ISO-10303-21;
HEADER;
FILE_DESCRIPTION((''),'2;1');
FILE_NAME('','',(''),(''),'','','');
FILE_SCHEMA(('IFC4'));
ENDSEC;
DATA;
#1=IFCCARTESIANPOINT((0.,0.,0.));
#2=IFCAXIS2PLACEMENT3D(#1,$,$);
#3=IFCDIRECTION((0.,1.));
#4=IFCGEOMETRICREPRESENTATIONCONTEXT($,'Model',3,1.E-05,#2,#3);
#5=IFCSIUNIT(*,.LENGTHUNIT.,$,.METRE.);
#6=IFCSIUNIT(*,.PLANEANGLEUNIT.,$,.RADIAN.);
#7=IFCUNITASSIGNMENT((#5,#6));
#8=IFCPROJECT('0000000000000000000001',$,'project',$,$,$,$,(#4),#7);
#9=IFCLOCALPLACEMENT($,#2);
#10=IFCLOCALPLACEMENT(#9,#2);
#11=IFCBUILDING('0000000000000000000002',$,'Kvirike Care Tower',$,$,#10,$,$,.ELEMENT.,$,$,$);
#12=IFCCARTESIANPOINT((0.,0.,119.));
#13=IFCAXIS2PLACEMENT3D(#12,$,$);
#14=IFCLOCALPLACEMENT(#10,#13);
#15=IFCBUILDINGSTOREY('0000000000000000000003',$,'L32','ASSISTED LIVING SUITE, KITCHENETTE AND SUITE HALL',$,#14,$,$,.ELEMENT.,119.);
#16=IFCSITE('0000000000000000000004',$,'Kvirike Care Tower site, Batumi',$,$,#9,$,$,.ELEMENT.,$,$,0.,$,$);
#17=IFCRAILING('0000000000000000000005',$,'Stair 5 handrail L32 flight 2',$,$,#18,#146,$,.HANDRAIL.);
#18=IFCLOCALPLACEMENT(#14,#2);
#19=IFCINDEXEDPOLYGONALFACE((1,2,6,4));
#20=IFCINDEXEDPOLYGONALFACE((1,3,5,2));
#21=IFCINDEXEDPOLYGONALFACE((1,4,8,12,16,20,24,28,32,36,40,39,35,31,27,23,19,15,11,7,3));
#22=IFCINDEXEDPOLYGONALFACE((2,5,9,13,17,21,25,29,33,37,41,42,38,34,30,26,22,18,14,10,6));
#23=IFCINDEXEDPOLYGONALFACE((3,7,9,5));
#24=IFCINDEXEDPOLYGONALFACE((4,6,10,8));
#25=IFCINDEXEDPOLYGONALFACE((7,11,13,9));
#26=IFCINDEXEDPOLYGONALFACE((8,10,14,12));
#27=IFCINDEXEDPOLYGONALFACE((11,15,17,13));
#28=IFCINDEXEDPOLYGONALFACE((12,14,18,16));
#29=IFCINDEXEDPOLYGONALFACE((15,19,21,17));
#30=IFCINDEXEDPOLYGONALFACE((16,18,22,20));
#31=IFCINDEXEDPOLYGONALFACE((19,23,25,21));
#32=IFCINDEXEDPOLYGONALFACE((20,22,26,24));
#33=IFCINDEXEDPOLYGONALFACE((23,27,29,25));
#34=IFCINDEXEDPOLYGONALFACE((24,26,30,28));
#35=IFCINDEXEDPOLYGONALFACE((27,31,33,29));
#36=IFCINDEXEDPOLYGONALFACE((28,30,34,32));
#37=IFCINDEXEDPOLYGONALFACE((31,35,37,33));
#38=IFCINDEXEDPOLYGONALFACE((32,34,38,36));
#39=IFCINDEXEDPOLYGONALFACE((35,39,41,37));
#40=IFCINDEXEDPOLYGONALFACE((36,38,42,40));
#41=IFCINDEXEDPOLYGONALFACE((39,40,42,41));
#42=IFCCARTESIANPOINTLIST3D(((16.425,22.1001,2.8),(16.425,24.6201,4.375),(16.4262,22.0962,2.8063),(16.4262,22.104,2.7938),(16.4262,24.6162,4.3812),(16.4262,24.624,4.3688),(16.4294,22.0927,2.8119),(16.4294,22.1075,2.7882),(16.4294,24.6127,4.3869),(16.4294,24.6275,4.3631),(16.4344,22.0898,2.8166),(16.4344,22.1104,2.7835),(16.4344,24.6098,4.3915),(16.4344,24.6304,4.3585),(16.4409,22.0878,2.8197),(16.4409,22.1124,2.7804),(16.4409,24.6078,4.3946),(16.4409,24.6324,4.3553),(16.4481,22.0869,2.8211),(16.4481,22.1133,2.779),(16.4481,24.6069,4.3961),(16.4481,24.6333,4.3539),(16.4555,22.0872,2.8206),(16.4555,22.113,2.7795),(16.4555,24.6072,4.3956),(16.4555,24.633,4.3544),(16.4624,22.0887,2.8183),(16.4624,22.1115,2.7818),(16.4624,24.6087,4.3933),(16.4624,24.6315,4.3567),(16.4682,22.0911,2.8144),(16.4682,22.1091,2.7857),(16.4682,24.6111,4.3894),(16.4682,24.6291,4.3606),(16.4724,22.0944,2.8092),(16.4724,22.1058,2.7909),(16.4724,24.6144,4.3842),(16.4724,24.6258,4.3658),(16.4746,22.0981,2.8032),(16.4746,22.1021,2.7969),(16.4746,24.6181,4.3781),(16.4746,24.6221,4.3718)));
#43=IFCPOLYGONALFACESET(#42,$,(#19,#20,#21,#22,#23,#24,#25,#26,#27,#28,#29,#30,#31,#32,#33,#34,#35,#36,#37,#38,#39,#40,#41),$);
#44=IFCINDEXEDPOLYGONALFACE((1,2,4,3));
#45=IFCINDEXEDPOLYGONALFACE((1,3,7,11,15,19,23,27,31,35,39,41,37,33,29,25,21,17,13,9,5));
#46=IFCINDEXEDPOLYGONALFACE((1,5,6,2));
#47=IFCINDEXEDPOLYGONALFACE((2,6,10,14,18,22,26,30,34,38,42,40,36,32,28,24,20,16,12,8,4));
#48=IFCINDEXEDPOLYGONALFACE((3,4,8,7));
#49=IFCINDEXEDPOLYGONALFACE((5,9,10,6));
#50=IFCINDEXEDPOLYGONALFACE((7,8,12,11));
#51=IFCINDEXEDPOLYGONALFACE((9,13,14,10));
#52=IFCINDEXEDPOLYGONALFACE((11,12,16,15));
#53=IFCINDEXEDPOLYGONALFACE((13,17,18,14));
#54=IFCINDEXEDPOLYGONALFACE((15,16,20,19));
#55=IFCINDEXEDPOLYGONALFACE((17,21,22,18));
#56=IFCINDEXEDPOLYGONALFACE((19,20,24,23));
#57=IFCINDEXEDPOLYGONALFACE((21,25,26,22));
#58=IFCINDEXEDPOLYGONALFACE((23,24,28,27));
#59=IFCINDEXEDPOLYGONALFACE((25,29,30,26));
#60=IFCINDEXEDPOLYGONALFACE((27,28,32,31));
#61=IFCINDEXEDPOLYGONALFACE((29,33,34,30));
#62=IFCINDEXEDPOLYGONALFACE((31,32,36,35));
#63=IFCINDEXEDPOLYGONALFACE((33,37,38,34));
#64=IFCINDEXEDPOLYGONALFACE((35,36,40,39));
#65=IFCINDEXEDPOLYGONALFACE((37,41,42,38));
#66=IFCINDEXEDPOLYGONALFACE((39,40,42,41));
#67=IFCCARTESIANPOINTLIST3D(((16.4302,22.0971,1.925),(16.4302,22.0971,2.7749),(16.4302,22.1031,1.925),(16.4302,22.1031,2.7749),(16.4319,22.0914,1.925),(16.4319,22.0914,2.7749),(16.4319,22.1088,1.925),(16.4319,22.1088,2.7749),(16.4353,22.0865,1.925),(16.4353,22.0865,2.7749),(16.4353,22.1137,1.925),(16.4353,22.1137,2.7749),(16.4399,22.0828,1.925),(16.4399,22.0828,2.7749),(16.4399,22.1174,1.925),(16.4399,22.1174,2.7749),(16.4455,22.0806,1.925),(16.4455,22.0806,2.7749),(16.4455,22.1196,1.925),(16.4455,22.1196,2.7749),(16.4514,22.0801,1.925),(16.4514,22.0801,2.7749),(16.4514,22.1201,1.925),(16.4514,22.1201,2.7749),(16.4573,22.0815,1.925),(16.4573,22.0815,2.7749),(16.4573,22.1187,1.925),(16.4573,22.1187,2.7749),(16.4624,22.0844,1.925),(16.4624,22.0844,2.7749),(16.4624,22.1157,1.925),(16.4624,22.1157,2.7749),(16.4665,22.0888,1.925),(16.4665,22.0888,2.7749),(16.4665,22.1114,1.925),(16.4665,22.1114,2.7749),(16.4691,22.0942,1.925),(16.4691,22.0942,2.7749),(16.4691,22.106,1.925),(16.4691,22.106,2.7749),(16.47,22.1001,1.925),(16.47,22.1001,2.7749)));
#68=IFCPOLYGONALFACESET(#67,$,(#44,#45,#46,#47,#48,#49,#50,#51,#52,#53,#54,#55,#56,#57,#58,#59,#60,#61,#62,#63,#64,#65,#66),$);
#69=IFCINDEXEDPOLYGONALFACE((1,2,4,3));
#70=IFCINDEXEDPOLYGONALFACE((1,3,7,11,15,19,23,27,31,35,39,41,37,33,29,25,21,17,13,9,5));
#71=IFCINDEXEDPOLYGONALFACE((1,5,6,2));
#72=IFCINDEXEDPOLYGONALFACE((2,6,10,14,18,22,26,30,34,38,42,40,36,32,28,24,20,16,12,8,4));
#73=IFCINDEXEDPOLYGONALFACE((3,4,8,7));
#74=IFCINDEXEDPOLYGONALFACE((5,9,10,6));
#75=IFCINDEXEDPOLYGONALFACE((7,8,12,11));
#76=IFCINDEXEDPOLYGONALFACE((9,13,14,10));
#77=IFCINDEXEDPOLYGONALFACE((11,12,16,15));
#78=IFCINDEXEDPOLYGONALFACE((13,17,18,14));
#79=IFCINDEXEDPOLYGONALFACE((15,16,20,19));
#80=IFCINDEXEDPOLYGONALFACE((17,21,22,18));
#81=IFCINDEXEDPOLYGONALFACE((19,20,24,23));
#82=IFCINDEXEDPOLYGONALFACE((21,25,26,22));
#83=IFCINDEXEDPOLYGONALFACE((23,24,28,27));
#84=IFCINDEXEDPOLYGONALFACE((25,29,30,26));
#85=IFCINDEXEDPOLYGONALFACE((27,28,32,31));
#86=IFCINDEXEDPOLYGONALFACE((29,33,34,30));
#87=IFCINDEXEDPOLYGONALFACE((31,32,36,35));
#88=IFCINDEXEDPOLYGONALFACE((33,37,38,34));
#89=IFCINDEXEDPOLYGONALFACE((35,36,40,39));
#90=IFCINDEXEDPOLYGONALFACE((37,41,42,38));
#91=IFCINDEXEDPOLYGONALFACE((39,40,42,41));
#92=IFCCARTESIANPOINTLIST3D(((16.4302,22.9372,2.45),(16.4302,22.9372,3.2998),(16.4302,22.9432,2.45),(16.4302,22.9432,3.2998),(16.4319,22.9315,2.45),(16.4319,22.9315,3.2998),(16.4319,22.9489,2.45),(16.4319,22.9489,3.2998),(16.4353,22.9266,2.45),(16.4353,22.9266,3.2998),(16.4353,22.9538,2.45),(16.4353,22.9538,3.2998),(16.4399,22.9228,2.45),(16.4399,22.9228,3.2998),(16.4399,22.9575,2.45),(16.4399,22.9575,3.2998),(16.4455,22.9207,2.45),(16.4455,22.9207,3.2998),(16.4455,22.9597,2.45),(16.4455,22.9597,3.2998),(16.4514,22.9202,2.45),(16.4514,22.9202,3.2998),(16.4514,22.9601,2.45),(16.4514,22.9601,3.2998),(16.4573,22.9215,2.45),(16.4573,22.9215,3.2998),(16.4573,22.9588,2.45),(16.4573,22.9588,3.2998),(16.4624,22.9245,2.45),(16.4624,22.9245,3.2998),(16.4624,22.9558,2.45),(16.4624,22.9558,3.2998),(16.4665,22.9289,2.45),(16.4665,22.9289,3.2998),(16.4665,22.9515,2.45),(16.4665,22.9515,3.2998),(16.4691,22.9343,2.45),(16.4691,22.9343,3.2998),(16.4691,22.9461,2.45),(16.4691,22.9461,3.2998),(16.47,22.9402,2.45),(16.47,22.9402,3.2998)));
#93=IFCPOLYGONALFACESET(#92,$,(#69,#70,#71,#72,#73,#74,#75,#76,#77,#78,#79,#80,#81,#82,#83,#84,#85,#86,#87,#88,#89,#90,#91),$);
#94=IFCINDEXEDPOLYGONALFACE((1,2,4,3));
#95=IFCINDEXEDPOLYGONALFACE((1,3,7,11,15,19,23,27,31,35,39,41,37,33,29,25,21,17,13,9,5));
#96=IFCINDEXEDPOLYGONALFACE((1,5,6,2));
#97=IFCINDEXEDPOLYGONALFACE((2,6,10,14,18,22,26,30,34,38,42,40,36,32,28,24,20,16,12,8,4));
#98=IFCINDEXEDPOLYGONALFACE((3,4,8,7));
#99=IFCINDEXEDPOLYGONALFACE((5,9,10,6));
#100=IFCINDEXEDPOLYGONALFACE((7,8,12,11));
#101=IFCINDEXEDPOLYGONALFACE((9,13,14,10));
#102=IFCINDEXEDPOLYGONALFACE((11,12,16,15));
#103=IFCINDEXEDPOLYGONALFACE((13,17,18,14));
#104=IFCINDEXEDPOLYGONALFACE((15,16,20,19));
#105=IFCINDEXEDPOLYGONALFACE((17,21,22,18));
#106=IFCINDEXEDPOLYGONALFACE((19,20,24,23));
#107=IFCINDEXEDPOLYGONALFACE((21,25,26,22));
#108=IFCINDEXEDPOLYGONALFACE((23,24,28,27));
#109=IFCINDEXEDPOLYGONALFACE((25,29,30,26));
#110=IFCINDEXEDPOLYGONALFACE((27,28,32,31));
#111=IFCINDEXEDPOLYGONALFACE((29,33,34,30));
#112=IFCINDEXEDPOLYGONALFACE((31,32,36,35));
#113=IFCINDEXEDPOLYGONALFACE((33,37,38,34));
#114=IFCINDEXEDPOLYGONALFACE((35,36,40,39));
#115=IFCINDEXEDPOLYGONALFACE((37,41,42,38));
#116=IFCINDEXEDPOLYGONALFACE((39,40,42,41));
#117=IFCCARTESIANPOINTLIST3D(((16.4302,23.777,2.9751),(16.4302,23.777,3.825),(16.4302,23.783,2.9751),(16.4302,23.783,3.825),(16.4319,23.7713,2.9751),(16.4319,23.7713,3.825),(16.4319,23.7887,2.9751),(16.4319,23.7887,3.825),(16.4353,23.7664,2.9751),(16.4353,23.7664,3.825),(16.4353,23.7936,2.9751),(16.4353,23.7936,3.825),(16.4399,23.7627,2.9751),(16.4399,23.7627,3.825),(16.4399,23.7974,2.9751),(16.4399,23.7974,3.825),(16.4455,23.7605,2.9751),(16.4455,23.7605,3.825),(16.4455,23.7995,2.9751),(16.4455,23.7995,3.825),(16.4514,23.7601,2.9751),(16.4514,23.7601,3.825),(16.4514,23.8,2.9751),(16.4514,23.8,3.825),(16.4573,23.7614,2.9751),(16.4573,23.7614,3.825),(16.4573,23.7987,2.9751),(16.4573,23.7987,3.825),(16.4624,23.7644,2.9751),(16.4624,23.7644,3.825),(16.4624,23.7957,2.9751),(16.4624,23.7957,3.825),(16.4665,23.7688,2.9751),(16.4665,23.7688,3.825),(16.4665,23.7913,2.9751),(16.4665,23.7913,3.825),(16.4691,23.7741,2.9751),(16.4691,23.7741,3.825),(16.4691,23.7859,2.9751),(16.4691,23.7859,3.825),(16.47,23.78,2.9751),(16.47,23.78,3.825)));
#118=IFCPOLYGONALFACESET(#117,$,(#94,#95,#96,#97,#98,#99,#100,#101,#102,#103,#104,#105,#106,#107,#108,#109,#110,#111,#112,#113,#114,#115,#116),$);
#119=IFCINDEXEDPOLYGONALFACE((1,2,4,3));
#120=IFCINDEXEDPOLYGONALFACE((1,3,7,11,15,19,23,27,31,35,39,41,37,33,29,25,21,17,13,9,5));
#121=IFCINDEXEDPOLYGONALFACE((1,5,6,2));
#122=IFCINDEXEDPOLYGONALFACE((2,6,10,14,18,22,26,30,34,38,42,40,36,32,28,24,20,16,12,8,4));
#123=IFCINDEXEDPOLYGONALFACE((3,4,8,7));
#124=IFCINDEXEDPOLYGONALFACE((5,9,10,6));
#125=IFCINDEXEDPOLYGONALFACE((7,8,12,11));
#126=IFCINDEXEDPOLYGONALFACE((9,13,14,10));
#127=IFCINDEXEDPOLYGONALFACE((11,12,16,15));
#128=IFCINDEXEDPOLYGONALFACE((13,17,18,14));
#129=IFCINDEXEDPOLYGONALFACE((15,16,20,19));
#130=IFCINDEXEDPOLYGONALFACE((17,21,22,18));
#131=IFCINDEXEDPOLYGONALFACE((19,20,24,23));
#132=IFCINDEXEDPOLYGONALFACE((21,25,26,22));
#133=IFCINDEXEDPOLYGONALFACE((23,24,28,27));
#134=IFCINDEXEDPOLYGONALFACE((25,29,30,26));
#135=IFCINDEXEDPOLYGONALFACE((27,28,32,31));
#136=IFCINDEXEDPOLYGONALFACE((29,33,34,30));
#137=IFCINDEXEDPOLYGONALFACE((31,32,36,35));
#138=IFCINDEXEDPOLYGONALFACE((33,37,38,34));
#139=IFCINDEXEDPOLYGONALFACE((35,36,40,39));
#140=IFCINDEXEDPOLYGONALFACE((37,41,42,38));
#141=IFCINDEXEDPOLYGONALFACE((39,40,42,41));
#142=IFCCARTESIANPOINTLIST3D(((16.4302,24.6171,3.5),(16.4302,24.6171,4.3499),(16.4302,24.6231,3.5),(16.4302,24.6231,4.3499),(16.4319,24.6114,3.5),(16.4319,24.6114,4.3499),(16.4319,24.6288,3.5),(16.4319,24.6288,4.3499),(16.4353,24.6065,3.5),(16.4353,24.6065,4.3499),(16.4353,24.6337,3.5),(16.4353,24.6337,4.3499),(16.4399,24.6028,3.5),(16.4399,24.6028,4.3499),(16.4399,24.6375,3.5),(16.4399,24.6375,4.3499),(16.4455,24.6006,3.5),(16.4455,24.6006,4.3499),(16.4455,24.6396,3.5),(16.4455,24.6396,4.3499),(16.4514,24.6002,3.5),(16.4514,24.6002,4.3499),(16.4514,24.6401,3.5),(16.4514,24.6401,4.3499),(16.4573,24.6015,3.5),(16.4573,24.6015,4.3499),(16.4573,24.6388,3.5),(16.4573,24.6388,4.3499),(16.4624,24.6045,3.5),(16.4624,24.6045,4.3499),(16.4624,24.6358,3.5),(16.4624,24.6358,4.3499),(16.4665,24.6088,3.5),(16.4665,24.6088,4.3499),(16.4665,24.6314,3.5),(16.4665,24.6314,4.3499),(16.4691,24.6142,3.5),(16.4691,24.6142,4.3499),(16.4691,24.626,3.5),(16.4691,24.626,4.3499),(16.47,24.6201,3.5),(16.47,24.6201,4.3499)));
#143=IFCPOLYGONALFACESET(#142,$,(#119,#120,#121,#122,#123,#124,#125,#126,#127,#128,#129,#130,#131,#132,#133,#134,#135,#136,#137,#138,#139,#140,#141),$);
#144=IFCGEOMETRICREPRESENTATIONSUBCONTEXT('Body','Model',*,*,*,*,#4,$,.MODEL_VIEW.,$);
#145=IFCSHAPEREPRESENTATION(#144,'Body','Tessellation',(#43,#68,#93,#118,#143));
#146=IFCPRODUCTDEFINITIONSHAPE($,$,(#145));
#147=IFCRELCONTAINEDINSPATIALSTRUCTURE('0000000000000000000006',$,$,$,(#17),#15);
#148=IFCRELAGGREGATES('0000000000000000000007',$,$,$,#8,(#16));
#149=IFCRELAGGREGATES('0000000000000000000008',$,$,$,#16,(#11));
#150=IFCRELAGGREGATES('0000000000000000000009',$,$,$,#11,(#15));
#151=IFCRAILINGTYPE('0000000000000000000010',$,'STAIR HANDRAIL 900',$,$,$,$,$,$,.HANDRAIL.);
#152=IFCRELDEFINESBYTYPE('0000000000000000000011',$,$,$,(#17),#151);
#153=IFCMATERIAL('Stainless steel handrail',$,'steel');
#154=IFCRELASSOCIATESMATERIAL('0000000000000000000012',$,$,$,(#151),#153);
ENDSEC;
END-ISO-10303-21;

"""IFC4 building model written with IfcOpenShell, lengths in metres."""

from ifc_helpers import new_model, si_unit, direction, frame, origin, origin_2d, place, context, subcontext, project, spatial, circle, extrude, material, type_object, element, save


model = new_model("IFC4")

# Units and contexts
model_context = context("Model", 3, precision=1e-05, world=origin(), true_north=direction((0.0, 1.0)))
body_context = subcontext(model_context, "Body", "Model", "MODEL_VIEW")
ifc_project = project(units=[si_unit("LENGTHUNIT", "METRE"), si_unit("PLANEANGLEUNIT", "RADIAN")], contexts=[model_context])

# Site, building, storey
site_placement = place(None, origin())
site = spatial("IfcSite", under=ifc_project, at=site_placement, Name="Kvirike Care Tower site, Batumi", CompositionType="ELEMENT", RefElevation=0.0)
building_placement = place(site_placement, origin())
building = spatial("IfcBuilding", under=site, at=building_placement, Name="Kvirike Care Tower", CompositionType="ELEMENT")
storey_placement = place(building_placement, frame((0.0, 0.0, 119.0)))
storey = spatial("IfcBuildingStorey", under=building, at=storey_placement, Name="L32", Description="ASSISTED LIVING SUITE, KITCHENETTE AND SUITE HALL", CompositionType="ELEMENT", Elevation=119.0)

# Railing
ifc_material_1 = material(Name="Stainless steel handrail", Category="steel")
railing_type = type_object("IfcRailingType", Name="STAIR HANDRAIL 900", PredefinedType="HANDRAIL", material=ifc_material_1)
railing_1_placement = place(storey_placement, frame((16.45, 22.1001, 1.925)))
element("IfcRailing", 1, at=railing_1_placement, inside=storey, type_object=railing_type, Name="Stair 5 handrail L32 flight 2", PredefinedType="HANDRAIL", context=body_context, shape_type="SweptSolid", body=[
    extrude(circle(Radius=0.0249, at=origin_2d()), frame((0.0, 0.0, 0.875), z_axis=(0.0, 0.848008, 0.529984), x_axis=(-1.0, 0.0, 0.0)), (0.0, 0.0, 1.0), 2.9717),
    extrude(circle(Radius=0.02, at=origin_2d()), origin(), (0.0, 0.0, 1.0), 0.8499),
    extrude(circle(Radius=0.02, at=origin_2d()), frame((0.0, 0.8401, 0.5249)), (0.0, 0.0, 1.0), 0.8499),
    extrude(circle(Radius=0.02, at=origin_2d()), frame((0.0, 1.6799, 1.05)), (0.0, 0.0, 1.0), 0.8499),
    extrude(circle(Radius=0.02, at=origin_2d()), frame((0.0, 2.52, 1.575)), (0.0, 0.0, 1.0), 0.8499),
])

save(model, "model.ifc")
